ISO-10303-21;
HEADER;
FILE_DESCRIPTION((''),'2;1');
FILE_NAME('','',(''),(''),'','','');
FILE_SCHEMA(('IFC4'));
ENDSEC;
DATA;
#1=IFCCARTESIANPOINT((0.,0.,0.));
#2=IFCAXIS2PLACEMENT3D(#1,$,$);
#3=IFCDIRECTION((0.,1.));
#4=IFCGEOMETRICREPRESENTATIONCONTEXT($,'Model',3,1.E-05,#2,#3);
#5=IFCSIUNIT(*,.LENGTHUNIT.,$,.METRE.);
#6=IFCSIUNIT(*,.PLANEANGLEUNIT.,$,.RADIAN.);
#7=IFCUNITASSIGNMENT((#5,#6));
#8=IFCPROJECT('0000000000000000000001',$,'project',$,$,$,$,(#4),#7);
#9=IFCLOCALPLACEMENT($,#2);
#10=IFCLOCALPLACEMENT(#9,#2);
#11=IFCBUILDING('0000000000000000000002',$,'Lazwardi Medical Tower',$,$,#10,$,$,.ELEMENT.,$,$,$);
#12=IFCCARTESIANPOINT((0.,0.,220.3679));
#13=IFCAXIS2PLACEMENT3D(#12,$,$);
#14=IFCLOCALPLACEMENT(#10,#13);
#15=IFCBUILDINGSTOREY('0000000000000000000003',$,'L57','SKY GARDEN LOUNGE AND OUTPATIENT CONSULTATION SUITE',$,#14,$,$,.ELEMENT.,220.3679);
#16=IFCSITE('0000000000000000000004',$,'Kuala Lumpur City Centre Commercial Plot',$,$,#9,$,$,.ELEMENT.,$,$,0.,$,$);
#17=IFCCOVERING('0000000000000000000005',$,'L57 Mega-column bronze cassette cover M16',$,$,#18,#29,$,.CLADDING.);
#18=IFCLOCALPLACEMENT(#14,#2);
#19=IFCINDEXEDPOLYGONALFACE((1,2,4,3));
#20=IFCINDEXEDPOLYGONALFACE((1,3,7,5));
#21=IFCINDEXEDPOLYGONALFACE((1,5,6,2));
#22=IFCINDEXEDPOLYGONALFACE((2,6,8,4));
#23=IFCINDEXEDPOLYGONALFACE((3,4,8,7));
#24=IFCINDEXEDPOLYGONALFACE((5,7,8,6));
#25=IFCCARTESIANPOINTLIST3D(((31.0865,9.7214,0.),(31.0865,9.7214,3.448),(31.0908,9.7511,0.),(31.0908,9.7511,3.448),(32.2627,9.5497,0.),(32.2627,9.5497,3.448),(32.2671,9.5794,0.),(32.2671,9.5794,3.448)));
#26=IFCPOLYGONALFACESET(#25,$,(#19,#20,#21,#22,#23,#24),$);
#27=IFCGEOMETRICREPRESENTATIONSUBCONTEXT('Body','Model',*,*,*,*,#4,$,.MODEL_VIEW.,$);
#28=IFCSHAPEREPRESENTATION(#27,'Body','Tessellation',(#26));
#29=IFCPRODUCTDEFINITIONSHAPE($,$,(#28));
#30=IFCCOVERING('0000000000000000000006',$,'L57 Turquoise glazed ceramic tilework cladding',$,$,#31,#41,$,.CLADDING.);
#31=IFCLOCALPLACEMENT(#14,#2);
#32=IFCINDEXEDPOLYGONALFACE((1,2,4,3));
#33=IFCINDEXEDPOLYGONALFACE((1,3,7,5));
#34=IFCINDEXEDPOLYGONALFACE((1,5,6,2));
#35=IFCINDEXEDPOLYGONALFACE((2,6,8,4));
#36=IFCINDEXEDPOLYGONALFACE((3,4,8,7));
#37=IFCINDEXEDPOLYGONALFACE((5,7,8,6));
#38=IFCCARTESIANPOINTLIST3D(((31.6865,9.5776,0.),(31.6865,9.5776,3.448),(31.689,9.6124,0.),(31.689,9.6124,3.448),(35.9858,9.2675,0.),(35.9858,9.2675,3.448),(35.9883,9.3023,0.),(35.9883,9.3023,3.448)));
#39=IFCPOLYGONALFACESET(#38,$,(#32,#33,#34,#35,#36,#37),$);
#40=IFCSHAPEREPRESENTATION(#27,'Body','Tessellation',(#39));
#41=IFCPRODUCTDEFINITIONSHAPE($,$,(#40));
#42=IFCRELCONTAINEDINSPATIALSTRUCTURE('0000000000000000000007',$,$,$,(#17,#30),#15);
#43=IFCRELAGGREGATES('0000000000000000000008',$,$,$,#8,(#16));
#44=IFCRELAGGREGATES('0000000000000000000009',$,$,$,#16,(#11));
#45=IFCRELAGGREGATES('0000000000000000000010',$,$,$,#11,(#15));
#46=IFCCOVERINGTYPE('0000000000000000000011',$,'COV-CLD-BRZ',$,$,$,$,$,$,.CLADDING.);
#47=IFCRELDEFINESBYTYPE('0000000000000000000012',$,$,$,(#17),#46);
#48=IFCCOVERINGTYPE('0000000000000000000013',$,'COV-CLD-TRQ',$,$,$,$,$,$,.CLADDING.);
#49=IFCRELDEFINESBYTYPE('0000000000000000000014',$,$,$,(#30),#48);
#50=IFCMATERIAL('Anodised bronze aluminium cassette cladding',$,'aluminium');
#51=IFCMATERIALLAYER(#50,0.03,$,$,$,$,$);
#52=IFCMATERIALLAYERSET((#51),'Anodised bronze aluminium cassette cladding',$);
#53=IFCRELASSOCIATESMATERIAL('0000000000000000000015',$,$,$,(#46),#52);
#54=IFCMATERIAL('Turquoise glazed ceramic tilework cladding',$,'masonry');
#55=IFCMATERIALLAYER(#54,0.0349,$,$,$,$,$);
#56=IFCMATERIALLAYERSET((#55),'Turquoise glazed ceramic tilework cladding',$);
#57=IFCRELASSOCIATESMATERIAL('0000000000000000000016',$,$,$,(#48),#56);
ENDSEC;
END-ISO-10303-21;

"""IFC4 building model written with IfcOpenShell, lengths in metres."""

from ifc_helpers import new_model, si_unit, direction, frame, origin, origin_2d, place, context, subcontext, project, spatial, rectangle, extrude, material, layer, layer_set, type_object, element, save


model = new_model("IFC4")

# Units and contexts
model_context = context("Model", 3, precision=1e-05, world=origin(), true_north=direction((0.0, 1.0)))
body_context = subcontext(model_context, "Body", "Model", "MODEL_VIEW")
ifc_project = project(units=[si_unit("LENGTHUNIT", "METRE"), si_unit("PLANEANGLEUNIT", "RADIAN")], contexts=[model_context])

# Site, building, storey
site_placement = place(None, origin())
site = spatial("IfcSite", under=ifc_project, at=site_placement, Name="Kuala Lumpur City Centre Commercial Plot", CompositionType="ELEMENT", RefElevation=0.0)
building_placement = place(site_placement, origin())
building = spatial("IfcBuilding", under=site, at=building_placement, Name="Lazwardi Medical Tower", CompositionType="ELEMENT")
storey_placement = place(building_placement, frame((0.0, 0.0, 220.3679)))
storey = spatial("IfcBuildingStorey", under=building, at=storey_placement, Name="L57", Description="SKY GARDEN LOUNGE AND OUTPATIENT CONSULTATION SUITE", CompositionType="ELEMENT", Elevation=220.3679)

# Coverings
ifc_material_1 = material(Name="Anodised bronze aluminium cassette cladding", Category="aluminium")
ifc_layer_1 = layer(ifc_material_1, 0.03)
ifc_layer_set_1 = layer_set([ifc_layer_1], Name="Anodised bronze aluminium cassette cladding")
covering_type_1 = type_object("IfcCoveringType", Name="COV-CLD-BRZ", PredefinedType="CLADDING", material=ifc_layer_set_1)
covering_1_placement = place(storey_placement, frame((31.6768, 9.6504, 0.0), z_axis=(0.0, 0.0, 1.0), x_axis=(0.989512, -0.144448, 0.0)))
element("IfcCovering", 1, at=covering_1_placement, inside=storey, type_object=covering_type_1, Name="L57 Mega-column bronze cassette cover M16", PredefinedType="CLADDING", context=body_context, shape_type="SweptSolid", body=[
    extrude(rectangle(XDim=1.1887, YDim=0.03, at=origin_2d()), origin(), (0.0, 0.0, 1.0), 3.448),
])
ifc_material_2 = material(Name="Turquoise glazed ceramic tilework cladding", Category="masonry")
ifc_layer_2 = layer(ifc_material_2, 0.0349)
ifc_layer_set_2 = layer_set([ifc_layer_2], Name="Turquoise glazed ceramic tilework cladding")
covering_type_2 = type_object("IfcCoveringType", Name="COV-CLD-TRQ", PredefinedType="CLADDING", material=ifc_layer_set_2)
covering_2_placement = place(storey_placement, frame((33.8374, 9.4399, 0.0), z_axis=(0.0, 0.0, 1.0), x_axis=(0.997409, -0.07194, 0.0)))
element("IfcCovering", 2, at=covering_2_placement, inside=storey, type_object=covering_type_2, Name="L57 Turquoise glazed ceramic tilework cladding", PredefinedType="CLADDING", context=body_context, shape_type="SweptSolid", body=[
    extrude(rectangle(XDim=4.3105, YDim=0.0349, at=origin_2d()), origin(), (0.0, 0.0, 1.0), 3.448),
])

save(model, "model.ifc")
